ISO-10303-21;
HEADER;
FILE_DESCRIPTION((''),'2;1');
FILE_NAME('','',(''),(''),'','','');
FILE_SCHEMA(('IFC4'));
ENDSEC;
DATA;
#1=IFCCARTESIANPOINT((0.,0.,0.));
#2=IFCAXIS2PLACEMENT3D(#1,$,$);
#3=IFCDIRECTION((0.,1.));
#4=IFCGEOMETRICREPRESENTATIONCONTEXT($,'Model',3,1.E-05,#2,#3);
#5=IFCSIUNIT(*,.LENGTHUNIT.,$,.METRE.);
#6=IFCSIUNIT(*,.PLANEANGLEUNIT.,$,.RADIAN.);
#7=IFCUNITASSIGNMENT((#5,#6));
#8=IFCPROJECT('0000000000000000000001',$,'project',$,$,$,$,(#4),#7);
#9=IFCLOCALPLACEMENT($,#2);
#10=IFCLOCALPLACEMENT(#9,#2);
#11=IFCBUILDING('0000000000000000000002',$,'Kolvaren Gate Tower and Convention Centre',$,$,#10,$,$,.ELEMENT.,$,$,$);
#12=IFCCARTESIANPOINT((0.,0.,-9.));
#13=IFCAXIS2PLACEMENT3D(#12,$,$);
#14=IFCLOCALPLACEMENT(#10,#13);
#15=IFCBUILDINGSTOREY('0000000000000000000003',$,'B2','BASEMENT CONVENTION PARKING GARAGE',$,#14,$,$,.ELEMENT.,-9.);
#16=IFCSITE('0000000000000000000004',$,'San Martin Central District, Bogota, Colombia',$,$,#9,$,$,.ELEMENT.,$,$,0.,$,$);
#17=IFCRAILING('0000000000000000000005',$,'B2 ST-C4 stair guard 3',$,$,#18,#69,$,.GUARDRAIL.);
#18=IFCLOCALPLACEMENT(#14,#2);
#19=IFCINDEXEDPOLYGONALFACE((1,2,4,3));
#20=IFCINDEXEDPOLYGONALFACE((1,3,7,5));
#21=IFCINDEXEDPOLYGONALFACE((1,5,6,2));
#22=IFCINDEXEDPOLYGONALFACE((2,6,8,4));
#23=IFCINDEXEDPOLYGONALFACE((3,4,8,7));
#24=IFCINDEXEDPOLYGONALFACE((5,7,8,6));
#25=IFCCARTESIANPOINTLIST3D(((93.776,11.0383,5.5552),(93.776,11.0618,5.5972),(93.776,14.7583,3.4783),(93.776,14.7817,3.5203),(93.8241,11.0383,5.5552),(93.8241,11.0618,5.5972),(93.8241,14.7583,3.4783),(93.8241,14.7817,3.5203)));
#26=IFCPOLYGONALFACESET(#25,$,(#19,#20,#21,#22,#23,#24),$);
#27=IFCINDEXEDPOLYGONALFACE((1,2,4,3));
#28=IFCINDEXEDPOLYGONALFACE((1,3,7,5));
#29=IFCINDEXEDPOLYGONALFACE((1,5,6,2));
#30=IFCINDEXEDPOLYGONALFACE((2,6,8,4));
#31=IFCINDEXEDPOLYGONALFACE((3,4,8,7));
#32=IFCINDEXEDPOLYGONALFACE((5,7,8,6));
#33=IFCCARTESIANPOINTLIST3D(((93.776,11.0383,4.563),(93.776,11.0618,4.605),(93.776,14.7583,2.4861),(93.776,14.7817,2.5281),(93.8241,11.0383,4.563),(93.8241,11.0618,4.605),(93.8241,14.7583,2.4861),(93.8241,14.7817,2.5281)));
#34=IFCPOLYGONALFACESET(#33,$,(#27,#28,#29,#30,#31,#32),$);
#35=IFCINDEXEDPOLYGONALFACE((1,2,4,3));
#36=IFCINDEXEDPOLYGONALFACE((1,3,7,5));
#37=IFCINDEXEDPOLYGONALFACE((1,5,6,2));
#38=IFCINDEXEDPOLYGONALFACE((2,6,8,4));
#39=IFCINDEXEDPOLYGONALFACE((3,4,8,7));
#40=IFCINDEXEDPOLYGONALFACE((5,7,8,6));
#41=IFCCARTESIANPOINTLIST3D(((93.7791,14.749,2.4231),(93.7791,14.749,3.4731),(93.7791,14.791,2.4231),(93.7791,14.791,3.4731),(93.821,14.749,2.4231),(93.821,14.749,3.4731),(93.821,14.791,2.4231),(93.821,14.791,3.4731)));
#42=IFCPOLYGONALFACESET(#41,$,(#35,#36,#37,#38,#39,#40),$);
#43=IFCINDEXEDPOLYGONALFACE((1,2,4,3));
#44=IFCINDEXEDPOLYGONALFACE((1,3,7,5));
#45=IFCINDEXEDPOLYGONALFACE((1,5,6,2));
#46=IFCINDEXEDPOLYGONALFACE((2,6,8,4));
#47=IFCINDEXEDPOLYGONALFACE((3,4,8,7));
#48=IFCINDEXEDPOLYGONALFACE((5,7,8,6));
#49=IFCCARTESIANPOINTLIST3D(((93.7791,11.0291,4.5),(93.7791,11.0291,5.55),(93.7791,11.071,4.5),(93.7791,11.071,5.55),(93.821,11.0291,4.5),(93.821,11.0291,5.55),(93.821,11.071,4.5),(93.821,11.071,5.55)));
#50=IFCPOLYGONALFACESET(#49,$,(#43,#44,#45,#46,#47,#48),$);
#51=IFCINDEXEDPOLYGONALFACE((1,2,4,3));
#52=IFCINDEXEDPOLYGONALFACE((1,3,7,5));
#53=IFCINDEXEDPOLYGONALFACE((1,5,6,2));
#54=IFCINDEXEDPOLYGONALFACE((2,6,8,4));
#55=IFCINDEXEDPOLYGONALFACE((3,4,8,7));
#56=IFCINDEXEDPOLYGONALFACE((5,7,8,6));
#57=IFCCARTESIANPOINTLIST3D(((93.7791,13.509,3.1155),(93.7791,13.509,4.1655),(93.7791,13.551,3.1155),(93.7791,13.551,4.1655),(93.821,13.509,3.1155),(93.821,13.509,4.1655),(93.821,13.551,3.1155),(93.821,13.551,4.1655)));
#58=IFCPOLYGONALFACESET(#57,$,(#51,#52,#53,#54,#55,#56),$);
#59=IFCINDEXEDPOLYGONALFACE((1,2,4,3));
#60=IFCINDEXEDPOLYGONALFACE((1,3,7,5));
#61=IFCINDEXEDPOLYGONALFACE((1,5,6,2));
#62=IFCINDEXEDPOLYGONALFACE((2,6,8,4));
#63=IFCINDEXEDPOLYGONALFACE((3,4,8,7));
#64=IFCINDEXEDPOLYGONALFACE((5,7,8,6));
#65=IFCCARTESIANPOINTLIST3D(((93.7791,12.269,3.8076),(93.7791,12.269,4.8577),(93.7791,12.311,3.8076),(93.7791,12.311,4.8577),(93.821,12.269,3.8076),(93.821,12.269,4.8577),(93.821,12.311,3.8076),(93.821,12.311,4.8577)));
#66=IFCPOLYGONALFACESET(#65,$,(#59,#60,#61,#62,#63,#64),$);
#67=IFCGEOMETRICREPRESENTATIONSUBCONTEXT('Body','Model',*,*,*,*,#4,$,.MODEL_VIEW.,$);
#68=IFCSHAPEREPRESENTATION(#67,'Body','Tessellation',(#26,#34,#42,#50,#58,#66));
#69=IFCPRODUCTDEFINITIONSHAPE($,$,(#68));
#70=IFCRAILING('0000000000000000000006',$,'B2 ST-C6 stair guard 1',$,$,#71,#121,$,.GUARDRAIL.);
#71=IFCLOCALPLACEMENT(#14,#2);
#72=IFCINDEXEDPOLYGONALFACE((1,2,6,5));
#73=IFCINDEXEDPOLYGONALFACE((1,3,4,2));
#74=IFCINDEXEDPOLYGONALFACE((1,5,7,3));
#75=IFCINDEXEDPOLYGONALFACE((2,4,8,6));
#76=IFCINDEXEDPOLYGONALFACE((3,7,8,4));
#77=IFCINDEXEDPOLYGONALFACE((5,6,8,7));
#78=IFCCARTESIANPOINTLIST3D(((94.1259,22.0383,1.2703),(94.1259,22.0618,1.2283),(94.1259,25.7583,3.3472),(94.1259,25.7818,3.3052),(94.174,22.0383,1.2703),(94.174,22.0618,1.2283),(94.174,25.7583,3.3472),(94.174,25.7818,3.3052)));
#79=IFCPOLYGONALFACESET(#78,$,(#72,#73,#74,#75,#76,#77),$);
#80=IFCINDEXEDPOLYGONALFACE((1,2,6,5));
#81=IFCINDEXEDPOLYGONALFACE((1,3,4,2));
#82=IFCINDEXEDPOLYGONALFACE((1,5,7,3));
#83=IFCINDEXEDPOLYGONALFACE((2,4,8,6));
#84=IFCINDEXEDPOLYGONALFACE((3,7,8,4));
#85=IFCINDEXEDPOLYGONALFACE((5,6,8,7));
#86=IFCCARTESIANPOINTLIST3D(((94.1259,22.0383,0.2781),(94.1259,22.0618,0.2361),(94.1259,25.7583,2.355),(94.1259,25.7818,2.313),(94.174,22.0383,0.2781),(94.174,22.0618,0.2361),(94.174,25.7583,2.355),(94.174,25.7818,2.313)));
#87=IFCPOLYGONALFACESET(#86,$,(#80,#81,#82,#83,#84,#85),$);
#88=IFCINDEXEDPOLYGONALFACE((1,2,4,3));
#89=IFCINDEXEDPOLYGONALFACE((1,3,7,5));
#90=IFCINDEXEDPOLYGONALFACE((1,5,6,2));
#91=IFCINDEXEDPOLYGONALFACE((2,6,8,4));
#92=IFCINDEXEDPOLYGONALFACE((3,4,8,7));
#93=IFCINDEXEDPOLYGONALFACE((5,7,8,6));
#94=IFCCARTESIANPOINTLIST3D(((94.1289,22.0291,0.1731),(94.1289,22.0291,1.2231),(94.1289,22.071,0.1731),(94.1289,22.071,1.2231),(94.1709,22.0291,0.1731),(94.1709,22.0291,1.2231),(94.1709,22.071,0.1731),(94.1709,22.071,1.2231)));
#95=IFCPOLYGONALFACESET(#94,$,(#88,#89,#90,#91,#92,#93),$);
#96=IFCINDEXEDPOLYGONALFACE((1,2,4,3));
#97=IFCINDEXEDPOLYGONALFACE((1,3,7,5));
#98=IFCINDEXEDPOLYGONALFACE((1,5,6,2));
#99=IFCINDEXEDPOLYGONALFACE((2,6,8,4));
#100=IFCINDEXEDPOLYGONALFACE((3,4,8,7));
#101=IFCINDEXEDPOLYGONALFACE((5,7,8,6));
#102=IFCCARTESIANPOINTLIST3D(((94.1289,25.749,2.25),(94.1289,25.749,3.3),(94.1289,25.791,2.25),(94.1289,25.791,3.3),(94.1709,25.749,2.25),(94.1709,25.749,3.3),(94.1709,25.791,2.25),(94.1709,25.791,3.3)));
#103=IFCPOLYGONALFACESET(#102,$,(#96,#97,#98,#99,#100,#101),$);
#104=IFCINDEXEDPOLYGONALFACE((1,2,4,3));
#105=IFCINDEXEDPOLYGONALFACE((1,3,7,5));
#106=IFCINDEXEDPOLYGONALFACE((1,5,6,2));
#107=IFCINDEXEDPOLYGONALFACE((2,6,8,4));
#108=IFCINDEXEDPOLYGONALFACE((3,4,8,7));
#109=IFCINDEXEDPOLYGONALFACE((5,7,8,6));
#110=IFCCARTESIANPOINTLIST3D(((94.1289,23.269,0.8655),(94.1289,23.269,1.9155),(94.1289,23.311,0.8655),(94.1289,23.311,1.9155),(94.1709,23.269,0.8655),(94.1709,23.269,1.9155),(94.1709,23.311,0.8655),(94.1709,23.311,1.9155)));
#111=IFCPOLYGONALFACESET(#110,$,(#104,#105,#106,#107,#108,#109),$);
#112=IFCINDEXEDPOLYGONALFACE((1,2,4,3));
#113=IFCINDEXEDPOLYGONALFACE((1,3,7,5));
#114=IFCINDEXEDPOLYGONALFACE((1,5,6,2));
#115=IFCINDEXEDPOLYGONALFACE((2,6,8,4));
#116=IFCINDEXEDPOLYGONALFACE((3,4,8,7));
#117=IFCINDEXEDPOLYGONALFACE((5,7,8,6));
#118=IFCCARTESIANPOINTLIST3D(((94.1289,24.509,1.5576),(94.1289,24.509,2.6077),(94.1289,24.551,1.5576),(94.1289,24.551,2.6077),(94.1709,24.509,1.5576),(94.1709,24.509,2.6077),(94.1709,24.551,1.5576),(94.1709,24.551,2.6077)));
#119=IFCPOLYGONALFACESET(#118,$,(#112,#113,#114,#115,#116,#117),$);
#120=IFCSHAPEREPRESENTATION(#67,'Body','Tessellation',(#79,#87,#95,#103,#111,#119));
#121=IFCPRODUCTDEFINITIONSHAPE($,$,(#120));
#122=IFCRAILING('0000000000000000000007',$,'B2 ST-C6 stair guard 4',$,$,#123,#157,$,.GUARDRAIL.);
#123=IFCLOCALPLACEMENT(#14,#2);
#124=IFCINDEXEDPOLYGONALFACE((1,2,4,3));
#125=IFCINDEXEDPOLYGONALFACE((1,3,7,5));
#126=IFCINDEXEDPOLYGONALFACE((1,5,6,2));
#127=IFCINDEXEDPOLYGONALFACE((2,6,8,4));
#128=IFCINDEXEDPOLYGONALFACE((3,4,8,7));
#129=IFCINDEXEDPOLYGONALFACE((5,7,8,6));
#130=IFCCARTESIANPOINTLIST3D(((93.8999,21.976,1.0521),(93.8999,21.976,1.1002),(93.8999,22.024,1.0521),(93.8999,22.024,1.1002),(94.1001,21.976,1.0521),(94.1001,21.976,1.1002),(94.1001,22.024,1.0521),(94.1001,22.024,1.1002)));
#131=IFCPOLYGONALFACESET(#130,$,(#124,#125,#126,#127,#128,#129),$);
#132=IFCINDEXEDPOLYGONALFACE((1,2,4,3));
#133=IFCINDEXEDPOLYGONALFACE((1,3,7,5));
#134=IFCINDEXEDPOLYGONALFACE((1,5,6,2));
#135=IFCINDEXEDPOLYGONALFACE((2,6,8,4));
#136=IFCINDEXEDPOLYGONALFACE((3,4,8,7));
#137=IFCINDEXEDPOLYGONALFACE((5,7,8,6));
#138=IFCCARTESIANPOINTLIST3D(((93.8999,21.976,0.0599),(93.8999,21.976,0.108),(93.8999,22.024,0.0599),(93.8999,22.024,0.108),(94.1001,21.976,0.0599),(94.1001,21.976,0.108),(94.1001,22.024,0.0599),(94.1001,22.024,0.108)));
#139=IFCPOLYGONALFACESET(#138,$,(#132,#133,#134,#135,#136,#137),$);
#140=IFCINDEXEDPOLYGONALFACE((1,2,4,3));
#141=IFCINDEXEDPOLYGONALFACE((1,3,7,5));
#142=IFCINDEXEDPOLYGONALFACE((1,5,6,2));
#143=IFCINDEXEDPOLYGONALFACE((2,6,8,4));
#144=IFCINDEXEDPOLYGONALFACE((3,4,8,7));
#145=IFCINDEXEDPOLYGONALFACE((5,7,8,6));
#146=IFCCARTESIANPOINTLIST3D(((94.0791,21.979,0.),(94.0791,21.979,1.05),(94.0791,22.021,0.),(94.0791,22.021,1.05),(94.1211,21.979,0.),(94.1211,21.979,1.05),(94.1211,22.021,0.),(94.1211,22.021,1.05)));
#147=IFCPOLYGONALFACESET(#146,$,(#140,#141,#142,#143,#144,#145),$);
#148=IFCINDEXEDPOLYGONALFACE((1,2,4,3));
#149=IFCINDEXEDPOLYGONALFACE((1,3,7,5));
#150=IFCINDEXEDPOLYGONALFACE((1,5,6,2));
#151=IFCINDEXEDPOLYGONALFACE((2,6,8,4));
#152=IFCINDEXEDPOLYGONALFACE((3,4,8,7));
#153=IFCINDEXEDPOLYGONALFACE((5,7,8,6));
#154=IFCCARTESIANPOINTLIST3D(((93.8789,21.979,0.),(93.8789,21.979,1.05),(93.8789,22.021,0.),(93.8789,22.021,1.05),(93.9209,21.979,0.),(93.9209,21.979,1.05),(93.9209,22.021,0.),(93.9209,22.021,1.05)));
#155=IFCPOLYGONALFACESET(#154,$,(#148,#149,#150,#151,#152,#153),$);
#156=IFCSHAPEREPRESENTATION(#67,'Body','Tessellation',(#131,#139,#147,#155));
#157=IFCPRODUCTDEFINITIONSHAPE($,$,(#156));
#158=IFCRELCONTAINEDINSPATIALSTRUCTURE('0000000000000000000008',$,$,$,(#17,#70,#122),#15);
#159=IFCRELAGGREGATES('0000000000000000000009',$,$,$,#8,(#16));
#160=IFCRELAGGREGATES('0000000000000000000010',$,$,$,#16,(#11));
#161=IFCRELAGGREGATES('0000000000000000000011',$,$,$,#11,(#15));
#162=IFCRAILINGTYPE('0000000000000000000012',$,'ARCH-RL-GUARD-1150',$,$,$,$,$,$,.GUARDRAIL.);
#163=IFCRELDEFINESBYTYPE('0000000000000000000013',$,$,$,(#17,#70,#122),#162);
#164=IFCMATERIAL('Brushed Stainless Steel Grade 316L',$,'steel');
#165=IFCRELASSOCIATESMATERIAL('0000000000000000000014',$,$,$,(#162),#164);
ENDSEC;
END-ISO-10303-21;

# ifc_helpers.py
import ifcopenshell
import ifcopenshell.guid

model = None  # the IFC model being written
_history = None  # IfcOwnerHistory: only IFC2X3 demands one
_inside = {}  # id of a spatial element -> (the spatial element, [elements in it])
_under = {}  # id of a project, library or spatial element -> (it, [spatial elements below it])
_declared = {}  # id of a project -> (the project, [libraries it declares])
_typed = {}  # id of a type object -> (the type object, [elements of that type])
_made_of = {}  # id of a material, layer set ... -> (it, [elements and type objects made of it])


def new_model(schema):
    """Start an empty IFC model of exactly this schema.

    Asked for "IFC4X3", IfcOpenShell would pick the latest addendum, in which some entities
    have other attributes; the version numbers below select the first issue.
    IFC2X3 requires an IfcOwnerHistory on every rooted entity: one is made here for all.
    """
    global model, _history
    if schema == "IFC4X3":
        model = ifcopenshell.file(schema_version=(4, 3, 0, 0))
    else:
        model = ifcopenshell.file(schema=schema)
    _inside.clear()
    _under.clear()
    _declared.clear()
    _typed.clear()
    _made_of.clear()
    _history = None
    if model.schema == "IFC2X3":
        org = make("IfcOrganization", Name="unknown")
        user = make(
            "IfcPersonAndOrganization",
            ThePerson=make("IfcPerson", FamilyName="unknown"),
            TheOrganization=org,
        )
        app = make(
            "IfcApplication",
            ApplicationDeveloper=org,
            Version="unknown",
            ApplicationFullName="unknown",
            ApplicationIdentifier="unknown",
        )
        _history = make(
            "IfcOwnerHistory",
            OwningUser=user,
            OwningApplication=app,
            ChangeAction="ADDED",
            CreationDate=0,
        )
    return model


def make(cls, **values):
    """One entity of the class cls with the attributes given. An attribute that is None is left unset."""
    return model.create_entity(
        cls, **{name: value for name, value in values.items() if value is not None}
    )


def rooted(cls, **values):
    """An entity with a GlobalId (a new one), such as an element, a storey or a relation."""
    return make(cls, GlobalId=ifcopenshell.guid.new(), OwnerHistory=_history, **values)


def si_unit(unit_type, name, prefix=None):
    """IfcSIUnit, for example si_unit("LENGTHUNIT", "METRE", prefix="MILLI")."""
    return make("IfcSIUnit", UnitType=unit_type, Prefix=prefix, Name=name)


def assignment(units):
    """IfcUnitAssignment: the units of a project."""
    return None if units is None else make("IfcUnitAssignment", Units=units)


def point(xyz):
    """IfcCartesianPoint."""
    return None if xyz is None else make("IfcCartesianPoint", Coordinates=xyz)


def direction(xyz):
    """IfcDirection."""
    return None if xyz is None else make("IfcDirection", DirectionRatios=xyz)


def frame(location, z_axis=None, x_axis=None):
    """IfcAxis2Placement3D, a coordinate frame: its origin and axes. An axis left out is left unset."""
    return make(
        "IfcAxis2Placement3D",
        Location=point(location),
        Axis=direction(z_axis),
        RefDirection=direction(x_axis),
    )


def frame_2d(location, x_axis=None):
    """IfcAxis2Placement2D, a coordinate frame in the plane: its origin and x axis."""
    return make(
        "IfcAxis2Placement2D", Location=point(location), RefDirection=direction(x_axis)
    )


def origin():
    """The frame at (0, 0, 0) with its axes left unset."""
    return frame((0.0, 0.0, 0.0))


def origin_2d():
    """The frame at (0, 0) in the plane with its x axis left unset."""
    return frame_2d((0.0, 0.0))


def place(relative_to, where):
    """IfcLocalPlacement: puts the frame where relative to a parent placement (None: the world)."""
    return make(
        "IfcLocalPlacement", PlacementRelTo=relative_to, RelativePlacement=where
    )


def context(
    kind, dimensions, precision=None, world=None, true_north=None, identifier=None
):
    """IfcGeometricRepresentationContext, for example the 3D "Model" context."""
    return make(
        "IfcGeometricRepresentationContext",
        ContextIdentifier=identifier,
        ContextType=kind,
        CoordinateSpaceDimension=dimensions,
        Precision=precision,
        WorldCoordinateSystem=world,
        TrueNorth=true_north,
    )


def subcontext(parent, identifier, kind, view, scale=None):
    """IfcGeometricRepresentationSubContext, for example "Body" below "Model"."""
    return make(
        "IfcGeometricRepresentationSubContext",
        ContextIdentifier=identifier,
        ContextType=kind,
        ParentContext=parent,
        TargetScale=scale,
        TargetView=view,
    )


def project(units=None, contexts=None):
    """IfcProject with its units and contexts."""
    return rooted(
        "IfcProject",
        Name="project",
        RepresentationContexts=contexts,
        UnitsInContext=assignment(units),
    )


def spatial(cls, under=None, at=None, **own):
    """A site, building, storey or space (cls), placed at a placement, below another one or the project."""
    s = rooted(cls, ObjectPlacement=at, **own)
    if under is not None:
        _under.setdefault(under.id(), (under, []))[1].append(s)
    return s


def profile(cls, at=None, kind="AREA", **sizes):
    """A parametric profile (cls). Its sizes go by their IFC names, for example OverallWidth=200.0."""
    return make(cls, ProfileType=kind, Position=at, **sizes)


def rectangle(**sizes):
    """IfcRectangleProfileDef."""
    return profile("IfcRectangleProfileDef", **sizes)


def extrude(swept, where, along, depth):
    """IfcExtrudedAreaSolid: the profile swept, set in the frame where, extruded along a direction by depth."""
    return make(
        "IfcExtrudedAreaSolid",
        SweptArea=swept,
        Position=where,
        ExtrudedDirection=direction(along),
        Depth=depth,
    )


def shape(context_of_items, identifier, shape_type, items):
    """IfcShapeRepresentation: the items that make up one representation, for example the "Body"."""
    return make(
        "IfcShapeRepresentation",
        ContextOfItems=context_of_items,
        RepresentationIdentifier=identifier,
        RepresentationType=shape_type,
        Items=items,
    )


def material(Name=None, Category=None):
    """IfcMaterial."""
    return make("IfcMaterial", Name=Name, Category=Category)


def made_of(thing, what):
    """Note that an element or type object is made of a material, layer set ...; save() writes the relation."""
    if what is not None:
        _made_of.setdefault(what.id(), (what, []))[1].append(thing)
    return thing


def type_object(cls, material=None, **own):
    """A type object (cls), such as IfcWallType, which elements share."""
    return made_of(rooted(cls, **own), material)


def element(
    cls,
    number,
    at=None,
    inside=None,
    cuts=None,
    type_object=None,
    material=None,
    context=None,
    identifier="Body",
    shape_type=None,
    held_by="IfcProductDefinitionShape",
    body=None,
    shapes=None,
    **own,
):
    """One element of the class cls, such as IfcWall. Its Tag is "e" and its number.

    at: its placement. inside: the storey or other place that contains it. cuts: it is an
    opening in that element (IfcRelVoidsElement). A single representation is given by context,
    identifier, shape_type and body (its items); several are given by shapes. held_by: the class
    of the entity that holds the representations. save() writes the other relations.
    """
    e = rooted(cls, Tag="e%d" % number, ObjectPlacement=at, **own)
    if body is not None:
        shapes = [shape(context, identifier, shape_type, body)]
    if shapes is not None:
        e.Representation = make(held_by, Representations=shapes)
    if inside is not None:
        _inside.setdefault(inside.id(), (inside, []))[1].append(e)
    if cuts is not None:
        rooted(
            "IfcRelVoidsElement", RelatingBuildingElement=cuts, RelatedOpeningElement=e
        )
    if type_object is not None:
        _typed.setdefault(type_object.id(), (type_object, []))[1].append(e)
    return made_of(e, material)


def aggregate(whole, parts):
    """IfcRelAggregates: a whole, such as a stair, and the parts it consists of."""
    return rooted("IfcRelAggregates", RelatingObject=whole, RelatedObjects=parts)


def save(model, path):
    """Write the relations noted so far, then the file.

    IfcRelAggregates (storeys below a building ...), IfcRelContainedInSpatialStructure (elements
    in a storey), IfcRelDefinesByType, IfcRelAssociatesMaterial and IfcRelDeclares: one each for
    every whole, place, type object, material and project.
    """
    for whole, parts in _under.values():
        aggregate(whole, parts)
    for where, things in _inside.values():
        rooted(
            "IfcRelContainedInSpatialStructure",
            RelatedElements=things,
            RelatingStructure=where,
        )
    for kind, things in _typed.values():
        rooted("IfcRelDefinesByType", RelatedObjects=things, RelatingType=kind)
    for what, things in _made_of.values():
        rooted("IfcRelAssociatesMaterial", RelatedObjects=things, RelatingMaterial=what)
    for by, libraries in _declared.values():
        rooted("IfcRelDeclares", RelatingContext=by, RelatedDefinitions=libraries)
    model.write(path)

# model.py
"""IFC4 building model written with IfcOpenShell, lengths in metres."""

from ifc_helpers import new_model, si_unit, direction, frame, origin, origin_2d, place, context, subcontext, project, spatial, rectangle, extrude, material, type_object, element, save


model = new_model("IFC4")

# Units and contexts
model_context = context("Model", 3, precision=1e-05, world=origin(), true_north=direction((0.0, 1.0)))
body_context = subcontext(model_context, "Body", "Model", "MODEL_VIEW")
ifc_project = project(units=[si_unit("LENGTHUNIT", "METRE"), si_unit("PLANEANGLEUNIT", "RADIAN")], contexts=[model_context])

# Site, building, storey
site_placement = place(None, origin())
site = spatial("IfcSite", under=ifc_project, at=site_placement, Name="San Martin Central District, Bogota, Colombia", CompositionType="ELEMENT", RefElevation=0.0)
building_placement = place(site_placement, origin())
building = spatial("IfcBuilding", under=site, at=building_placement, Name="Kolvaren Gate Tower and Convention Centre", CompositionType="ELEMENT")
storey_placement = place(building_placement, frame((0.0, 0.0, -9.0)))
storey = spatial("IfcBuildingStorey", under=building, at=storey_placement, Name="B2", Description="BASEMENT CONVENTION PARKING GARAGE", CompositionType="ELEMENT", Elevation=-9.0)

# Railings
ifc_material_1 = material(Name="Brushed Stainless Steel Grade 316L", Category="steel")
railing_type_1 = type_object("IfcRailingType", Name="ARCH-RL-GUARD-1150", PredefinedType="GUARDRAIL", material=ifc_material_1)
railing_1_placement = place(storey_placement, frame((93.8, 14.77, 2.4231)))
element("IfcRailing", 1, at=railing_1_placement, inside=storey, type_object=railing_type_1, Name="B2 ST-C4 stair guard 3", PredefinedType="GUARDRAIL", context=body_context, shape_type="SweptSolid", body=[
    extrude(rectangle(XDim=0.0481, YDim=0.0481, at=origin_2d()), frame((0.0, 0.0, 1.0762), z_axis=(0.0, -0.873134, 0.487481), x_axis=(1.0, 0.0, 0.0)), (0.0, 0.0, 1.0), 4.2605),
    extrude(rectangle(XDim=0.0481, YDim=0.0481, at=origin_2d()), frame((0.0, 0.0, 0.084), z_axis=(0.0, -0.873134, 0.487481), x_axis=(1.0, 0.0, 0.0)), (0.0, 0.0, 1.0), 4.2605),
    extrude(rectangle(XDim=0.042, YDim=0.042, at=origin_2d()), origin(), (0.0, 0.0, 1.0), 1.05),
    extrude(rectangle(XDim=0.042, YDim=0.042, at=origin_2d()), frame((0.0, -3.72, 2.0769)), (0.0, 0.0, 1.0), 1.05),
    extrude(rectangle(XDim=0.042, YDim=0.042, at=origin_2d()), frame((0.0, -1.24, 0.6924)), (0.0, 0.0, 1.0), 1.05),
    extrude(rectangle(XDim=0.042, YDim=0.042, at=origin_2d()), frame((0.0, -2.48, 1.3845)), (0.0, 0.0, 1.0), 1.05),
])
railing_2_placement = place(storey_placement, frame((94.1499, 22.05, 0.1731)))
element("IfcRailing", 2, at=railing_2_placement, inside=storey, type_object=railing_type_1, Name="B2 ST-C6 stair guard 1", PredefinedType="GUARDRAIL", context=body_context, shape_type="SweptSolid", body=[
    extrude(rectangle(XDim=0.0481, YDim=0.0481, at=origin_2d()), frame((0.0, 0.0, 1.0762), z_axis=(0.0, 0.873134, 0.487481), x_axis=(-1.0, 0.0, 0.0)), (0.0, 0.0, 1.0), 4.2605),
    extrude(rectangle(XDim=0.0481, YDim=0.0481, at=origin_2d()), frame((0.0, 0.0, 0.084), z_axis=(0.0, 0.873134, 0.487481), x_axis=(-1.0, 0.0, 0.0)), (0.0, 0.0, 1.0), 4.2605),
    extrude(rectangle(XDim=0.042, YDim=0.042, at=origin_2d()), origin(), (0.0, 0.0, 1.0), 1.05),
    extrude(rectangle(XDim=0.042, YDim=0.042, at=origin_2d()), frame((0.0, 3.72, 2.0769)), (0.0, 0.0, 1.0), 1.05),
    extrude(rectangle(XDim=0.042, YDim=0.042, at=origin_2d()), frame((0.0, 1.24, 0.6924)), (0.0, 0.0, 1.0), 1.05),
    extrude(rectangle(XDim=0.042, YDim=0.042, at=origin_2d()), frame((0.0, 2.48, 1.3845)), (0.0, 0.0, 1.0), 1.05),
])
railing_3_placement = place(storey_placement, frame((94.1001, 22.0, 0.0)))
element("IfcRailing", 3, at=railing_3_placement, inside=storey, type_object=railing_type_1, Name="B2 ST-C6 stair guard 4", PredefinedType="GUARDRAIL", context=body_context, shape_type="SweptSolid", body=[
    extrude(rectangle(XDim=0.0481, YDim=0.0481, at=origin_2d()), frame((0.0, 0.0, 1.0762), z_axis=(-1.0, 0.0, 0.0), x_axis=(0.0, -1.0, 0.0)), (0.0, 0.0, 1.0), 0.2002),
    extrude(rectangle(XDim=0.0481, YDim=0.0481, at=origin_2d()), frame((0.0, 0.0, 0.084), z_axis=(-1.0, 0.0, 0.0), x_axis=(0.0, -1.0, 0.0)), (0.0, 0.0, 1.0), 0.2002),
    extrude(rectangle(XDim=0.042, YDim=0.042, at=origin_2d()), origin(), (0.0, 0.0, 1.0), 1.05),
    extrude(rectangle(XDim=0.042, YDim=0.042, at=origin_2d()), frame((-0.2002, 0.0, 0.0)), (0.0, 0.0, 1.0), 1.05),
])

save(model, "model.ifc")
